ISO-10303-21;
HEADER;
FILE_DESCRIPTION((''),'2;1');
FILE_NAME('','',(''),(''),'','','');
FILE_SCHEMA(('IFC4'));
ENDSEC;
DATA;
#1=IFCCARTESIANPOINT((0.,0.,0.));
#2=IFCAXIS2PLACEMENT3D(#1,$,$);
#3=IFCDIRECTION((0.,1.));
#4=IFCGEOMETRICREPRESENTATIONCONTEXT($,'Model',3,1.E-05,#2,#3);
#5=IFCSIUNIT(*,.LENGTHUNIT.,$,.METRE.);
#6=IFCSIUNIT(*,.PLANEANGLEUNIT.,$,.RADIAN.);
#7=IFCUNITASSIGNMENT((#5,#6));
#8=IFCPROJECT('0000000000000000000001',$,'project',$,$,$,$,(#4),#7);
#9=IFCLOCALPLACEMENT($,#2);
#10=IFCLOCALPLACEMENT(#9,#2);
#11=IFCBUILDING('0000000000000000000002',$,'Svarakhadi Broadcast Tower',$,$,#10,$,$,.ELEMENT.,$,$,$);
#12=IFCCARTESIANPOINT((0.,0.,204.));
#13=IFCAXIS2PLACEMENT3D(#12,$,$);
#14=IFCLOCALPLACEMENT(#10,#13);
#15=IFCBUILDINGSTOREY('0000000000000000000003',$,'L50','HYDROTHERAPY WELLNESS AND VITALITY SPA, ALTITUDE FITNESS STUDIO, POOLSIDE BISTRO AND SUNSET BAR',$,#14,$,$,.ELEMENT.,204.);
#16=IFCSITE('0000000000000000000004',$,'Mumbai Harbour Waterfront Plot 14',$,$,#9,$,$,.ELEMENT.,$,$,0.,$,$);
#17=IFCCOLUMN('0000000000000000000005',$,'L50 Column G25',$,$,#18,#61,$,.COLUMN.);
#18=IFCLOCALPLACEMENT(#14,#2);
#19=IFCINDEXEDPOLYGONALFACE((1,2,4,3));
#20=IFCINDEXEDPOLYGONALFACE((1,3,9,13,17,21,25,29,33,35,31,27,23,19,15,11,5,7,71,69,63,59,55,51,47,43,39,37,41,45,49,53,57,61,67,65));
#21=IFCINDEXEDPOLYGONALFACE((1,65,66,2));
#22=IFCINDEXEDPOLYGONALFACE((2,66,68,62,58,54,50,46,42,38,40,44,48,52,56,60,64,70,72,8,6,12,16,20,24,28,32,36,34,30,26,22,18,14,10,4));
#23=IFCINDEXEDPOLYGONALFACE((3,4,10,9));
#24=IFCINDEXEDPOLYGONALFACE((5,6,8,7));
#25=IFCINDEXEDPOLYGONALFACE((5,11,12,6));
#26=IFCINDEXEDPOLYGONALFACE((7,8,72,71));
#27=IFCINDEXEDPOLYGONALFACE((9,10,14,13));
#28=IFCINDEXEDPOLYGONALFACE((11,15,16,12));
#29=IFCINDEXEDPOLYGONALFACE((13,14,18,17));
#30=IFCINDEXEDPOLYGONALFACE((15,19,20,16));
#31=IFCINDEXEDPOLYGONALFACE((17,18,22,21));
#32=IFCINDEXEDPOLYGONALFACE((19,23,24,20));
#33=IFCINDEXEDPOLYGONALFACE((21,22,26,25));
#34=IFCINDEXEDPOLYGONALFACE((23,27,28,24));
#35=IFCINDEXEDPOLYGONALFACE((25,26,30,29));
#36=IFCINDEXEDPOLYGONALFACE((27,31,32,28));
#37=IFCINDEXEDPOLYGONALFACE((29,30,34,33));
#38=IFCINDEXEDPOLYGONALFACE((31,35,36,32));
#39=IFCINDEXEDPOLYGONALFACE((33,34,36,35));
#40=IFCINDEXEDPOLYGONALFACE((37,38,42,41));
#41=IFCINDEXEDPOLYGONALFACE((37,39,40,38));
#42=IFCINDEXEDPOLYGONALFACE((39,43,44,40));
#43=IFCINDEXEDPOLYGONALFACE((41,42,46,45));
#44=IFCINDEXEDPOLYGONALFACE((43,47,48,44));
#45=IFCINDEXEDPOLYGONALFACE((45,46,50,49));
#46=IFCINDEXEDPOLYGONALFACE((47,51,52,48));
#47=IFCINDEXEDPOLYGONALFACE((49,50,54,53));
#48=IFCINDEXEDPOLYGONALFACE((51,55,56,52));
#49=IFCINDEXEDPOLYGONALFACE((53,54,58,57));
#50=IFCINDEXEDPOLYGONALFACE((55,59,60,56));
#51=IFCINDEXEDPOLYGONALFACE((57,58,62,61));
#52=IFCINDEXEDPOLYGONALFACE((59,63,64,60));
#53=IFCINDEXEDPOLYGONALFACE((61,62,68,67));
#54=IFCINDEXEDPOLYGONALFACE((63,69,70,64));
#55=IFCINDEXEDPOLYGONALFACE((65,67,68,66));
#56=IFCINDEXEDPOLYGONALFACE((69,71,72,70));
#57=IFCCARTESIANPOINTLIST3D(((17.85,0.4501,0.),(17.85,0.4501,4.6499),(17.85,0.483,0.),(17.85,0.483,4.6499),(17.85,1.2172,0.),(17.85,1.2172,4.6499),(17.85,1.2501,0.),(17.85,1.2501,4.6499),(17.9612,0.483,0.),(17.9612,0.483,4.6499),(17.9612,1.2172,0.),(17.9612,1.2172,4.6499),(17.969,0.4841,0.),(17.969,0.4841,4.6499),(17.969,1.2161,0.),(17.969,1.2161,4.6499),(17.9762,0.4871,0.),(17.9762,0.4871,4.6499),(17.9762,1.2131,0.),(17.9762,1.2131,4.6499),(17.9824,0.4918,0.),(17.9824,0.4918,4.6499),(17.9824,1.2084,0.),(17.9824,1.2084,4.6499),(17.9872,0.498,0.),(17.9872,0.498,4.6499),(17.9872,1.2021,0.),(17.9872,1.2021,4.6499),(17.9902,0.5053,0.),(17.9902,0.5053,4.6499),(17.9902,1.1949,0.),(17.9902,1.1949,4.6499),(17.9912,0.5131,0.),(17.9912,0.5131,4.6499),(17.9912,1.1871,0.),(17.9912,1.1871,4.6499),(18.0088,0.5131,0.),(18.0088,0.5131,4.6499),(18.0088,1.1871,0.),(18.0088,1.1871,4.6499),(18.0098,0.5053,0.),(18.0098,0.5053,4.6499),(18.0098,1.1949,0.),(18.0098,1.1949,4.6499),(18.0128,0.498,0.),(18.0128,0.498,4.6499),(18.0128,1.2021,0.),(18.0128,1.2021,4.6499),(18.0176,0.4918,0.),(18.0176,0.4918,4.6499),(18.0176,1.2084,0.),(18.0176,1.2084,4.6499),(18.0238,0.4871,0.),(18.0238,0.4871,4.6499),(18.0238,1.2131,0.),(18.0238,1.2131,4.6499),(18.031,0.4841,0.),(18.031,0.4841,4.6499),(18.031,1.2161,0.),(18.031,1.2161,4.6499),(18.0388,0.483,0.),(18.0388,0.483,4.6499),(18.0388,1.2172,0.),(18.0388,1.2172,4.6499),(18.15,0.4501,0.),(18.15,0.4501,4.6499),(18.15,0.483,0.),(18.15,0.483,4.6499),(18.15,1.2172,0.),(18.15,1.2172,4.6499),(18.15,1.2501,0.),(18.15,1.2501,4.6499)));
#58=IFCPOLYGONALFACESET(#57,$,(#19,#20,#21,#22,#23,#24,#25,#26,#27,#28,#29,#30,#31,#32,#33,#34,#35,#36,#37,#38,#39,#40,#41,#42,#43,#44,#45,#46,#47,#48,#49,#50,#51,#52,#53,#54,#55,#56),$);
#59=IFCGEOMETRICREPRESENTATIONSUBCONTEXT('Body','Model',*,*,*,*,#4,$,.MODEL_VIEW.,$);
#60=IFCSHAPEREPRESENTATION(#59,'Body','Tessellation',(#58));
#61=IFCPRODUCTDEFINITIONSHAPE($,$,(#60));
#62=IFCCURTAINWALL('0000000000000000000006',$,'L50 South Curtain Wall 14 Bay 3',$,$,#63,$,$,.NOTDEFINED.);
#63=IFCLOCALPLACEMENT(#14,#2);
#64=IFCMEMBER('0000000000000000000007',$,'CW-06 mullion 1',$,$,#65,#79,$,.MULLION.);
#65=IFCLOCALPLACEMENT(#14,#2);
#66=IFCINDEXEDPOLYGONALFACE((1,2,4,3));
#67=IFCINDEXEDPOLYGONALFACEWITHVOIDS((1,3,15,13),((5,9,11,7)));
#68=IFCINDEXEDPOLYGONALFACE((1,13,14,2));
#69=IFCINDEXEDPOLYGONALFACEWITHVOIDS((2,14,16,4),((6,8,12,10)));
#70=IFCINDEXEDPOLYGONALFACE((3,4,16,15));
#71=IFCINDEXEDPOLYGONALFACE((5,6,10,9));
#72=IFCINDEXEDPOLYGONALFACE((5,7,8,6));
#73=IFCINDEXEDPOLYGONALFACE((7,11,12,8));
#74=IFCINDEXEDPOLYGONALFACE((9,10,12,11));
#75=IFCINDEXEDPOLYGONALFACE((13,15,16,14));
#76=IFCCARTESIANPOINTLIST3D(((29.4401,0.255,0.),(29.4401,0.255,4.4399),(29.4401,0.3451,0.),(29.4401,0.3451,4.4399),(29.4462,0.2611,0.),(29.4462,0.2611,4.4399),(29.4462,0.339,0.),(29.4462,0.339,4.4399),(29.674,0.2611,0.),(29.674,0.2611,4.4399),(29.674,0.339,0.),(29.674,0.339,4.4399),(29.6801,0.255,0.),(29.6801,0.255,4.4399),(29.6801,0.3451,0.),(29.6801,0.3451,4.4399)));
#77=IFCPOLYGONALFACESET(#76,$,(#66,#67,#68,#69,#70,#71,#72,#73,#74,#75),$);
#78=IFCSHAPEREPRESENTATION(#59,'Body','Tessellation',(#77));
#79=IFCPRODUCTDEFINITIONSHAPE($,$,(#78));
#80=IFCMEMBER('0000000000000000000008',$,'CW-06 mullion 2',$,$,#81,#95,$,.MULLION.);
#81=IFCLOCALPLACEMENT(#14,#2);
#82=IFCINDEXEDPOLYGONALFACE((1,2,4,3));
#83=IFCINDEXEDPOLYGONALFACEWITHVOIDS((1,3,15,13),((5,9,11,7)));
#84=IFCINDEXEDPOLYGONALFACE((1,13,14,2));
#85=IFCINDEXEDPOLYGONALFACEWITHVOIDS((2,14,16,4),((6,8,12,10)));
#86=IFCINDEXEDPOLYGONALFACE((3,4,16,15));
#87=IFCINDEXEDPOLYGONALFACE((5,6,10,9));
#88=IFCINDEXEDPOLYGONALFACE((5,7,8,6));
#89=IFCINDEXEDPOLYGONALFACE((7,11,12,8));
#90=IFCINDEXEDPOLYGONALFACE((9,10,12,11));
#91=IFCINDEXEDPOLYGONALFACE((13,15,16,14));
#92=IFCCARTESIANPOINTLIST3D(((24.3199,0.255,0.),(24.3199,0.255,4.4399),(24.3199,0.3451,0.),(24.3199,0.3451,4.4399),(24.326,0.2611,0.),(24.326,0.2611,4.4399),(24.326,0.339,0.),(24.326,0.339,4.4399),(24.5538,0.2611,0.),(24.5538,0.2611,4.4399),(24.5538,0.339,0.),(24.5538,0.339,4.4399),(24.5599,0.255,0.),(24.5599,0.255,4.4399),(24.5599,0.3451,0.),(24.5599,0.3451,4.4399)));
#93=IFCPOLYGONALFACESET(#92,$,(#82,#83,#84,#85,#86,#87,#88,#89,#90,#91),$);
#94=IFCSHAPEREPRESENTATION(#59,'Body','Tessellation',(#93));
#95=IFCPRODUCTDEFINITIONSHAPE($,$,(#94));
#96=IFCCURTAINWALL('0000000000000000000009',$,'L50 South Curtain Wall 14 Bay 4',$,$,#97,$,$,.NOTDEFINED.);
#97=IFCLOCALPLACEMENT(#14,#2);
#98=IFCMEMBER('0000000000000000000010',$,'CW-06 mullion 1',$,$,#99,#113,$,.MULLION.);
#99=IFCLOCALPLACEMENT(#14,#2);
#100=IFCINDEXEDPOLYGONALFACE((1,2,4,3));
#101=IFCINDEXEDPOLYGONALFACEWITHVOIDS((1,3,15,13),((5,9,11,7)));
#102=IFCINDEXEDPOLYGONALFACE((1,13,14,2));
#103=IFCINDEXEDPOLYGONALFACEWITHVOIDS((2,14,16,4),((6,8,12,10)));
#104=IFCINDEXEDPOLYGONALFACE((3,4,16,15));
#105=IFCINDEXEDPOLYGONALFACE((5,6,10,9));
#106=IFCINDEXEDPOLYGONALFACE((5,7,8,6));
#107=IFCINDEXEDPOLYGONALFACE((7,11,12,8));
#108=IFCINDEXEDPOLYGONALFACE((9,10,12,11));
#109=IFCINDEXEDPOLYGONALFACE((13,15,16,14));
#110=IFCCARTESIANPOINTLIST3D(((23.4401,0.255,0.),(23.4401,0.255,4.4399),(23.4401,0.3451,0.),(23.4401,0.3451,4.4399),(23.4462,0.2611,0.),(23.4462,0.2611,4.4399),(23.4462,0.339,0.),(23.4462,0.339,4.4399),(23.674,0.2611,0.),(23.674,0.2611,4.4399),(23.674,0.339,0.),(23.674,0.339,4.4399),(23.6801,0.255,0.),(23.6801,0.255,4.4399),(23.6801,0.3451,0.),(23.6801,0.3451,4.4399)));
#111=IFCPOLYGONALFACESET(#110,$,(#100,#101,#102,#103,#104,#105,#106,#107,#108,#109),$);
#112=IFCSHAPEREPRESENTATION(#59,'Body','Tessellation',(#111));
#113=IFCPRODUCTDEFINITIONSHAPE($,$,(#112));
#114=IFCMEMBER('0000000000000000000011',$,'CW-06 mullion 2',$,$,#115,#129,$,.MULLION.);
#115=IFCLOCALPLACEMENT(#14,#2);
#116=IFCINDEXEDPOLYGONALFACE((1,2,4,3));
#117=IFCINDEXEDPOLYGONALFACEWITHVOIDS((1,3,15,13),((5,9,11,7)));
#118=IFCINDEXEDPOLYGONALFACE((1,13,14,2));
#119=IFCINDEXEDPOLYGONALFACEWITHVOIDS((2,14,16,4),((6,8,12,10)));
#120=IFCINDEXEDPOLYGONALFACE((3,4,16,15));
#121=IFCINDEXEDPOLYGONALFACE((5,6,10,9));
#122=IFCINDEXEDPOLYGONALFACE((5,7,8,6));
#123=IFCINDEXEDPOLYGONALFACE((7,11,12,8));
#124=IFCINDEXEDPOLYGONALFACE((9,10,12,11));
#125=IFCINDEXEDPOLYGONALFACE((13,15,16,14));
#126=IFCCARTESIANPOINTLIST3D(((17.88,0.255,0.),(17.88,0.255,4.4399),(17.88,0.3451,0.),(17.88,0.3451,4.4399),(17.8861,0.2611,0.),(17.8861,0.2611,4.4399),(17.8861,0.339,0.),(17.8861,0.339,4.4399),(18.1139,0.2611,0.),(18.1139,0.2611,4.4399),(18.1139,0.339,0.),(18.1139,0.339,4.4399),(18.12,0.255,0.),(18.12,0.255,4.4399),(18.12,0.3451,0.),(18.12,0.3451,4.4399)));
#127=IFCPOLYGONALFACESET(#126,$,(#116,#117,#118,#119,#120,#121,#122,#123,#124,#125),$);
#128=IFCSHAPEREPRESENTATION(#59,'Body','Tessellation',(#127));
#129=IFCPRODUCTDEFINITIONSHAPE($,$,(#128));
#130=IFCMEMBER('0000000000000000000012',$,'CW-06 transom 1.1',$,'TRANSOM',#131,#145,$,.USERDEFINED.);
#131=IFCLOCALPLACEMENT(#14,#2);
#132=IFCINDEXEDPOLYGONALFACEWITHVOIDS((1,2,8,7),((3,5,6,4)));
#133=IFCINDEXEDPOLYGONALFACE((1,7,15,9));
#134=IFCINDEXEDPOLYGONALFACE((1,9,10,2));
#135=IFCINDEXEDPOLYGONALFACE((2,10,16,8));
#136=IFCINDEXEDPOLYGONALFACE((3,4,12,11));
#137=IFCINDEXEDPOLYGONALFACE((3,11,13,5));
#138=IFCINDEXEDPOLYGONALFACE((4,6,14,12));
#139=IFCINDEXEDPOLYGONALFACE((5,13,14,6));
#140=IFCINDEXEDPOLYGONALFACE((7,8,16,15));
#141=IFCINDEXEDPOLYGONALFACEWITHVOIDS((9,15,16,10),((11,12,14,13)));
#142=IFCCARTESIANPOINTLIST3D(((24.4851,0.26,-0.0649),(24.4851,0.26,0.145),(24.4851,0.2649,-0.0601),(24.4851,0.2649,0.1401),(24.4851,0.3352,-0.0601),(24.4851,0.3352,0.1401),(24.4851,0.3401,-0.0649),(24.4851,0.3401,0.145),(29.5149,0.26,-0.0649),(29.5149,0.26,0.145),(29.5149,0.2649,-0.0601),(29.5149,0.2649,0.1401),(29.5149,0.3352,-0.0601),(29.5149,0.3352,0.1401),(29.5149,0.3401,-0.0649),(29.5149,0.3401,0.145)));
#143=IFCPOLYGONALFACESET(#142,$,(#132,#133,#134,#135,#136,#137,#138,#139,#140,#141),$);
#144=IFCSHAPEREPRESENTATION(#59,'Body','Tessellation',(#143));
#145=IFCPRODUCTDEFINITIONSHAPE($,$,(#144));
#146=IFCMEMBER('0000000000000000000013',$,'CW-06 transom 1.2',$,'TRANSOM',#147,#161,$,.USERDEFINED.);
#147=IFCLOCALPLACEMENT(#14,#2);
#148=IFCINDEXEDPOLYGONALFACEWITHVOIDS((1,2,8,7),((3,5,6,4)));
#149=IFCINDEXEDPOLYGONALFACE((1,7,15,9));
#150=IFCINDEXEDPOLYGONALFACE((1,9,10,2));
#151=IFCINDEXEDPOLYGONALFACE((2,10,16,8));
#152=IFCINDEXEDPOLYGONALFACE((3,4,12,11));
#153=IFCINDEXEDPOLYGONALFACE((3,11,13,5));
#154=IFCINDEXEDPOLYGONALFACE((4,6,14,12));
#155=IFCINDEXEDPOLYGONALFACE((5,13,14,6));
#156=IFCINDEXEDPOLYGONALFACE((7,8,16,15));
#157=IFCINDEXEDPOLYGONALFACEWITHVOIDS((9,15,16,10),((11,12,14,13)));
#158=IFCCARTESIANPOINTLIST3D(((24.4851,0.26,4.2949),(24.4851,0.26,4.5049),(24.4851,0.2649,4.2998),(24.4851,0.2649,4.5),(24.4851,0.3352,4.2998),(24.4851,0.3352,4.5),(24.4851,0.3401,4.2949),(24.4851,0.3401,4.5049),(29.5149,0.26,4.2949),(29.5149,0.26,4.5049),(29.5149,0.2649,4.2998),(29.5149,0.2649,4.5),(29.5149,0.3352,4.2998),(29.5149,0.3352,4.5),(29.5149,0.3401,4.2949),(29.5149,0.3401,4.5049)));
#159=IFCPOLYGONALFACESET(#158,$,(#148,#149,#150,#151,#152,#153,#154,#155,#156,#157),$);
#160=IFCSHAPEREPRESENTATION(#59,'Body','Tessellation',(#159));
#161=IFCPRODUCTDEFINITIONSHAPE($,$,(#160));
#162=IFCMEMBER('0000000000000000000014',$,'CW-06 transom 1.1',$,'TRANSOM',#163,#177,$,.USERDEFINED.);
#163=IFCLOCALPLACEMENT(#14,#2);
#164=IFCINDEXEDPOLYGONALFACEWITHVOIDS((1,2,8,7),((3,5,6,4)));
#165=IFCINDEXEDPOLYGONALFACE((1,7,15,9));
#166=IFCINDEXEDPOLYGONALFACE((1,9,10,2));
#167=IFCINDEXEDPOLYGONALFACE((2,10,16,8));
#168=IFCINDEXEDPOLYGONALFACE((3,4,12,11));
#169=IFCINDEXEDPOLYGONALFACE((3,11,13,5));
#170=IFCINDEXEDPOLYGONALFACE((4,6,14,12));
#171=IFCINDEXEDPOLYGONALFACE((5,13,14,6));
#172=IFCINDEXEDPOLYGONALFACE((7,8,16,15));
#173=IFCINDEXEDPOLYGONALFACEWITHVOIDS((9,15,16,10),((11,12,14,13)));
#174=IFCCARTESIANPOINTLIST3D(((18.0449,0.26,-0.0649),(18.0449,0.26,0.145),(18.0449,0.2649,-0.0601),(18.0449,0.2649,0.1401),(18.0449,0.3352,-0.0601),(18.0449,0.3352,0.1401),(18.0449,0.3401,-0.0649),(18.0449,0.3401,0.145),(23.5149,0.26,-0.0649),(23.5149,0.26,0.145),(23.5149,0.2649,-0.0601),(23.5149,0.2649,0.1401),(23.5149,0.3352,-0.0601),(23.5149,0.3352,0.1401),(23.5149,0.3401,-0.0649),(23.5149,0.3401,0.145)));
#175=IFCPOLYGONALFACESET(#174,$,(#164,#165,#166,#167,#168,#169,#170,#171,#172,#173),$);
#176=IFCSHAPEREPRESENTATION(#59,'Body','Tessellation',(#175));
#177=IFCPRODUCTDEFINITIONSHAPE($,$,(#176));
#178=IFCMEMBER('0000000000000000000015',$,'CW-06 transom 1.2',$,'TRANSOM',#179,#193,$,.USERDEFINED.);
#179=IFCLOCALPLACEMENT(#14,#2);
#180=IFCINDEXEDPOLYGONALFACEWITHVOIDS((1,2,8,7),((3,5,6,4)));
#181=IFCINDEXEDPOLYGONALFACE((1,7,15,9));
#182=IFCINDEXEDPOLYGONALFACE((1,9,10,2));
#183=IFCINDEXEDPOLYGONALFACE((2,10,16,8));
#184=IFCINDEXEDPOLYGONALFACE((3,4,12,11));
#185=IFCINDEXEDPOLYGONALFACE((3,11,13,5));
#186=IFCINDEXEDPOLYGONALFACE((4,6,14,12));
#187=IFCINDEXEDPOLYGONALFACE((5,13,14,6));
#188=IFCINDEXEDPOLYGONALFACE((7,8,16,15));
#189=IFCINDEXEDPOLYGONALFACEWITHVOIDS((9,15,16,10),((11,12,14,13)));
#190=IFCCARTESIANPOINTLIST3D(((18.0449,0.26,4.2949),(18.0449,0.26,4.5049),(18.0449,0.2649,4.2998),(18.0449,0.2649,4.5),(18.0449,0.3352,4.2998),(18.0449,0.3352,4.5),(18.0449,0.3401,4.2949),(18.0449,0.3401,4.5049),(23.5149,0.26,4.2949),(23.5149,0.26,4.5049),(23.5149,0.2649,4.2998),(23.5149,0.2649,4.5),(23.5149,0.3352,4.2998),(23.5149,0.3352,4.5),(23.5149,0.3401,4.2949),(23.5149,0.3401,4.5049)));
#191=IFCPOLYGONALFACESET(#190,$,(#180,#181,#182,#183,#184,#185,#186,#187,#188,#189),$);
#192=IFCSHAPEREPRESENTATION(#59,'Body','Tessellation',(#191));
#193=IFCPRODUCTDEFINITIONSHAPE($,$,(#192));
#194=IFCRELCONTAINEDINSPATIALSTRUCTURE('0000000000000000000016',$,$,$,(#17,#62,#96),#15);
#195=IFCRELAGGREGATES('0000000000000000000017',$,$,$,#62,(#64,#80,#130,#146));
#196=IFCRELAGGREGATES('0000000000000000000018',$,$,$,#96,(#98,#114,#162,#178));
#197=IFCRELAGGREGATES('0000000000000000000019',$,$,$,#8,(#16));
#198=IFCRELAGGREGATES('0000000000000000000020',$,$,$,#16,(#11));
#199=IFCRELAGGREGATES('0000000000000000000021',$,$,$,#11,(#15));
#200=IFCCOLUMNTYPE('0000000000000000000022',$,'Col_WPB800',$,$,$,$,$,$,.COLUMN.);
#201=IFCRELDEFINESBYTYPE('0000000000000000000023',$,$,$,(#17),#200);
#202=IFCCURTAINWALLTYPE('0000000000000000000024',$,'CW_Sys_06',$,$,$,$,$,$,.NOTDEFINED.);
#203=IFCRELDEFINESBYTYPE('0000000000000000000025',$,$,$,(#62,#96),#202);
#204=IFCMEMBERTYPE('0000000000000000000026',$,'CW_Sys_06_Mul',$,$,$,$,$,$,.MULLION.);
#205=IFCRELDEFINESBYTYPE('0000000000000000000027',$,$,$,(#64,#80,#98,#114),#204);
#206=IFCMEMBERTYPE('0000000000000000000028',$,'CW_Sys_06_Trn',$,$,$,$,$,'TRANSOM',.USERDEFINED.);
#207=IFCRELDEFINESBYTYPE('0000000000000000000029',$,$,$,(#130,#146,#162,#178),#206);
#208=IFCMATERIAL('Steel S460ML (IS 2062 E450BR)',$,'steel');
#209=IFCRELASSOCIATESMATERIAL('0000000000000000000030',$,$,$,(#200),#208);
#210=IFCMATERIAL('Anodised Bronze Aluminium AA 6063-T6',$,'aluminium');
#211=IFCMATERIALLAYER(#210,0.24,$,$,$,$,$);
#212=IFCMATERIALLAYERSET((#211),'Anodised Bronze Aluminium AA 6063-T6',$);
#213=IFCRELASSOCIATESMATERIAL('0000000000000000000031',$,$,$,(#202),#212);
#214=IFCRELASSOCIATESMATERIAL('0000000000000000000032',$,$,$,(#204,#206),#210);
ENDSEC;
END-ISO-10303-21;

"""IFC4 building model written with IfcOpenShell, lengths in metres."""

from ifc_helpers import new_model, si_unit, direction, frame, origin, origin_2d, place, context, subcontext, project, spatial, hollow_rectangle, i_section, extrude, material, layer, layer_set, material_profile, profile_set, type_object, element, aggregate, save


model = new_model("IFC4")

# Units and contexts
model_context = context("Model", 3, precision=1e-05, world=origin(), true_north=direction((0.0, 1.0)))
body_context = subcontext(model_context, "Body", "Model", "MODEL_VIEW")
ifc_project = project(units=[si_unit("LENGTHUNIT", "METRE"), si_unit("PLANEANGLEUNIT", "RADIAN")], contexts=[model_context])

# Site, building, storey
site_placement = place(None, origin())
site = spatial("IfcSite", under=ifc_project, at=site_placement, Name="Mumbai Harbour Waterfront Plot 14", CompositionType="ELEMENT", RefElevation=0.0)
building_placement = place(site_placement, origin())
building = spatial("IfcBuilding", under=site, at=building_placement, Name="Svarakhadi Broadcast Tower", CompositionType="ELEMENT")
storey_placement = place(building_placement, frame((0.0, 0.0, 204.0)))
storey = spatial("IfcBuildingStorey", under=building, at=storey_placement, Name="L50", Description="HYDROTHERAPY WELLNESS AND VITALITY SPA, ALTITUDE FITNESS STUDIO, POOLSIDE BISTRO AND SUNSET BAR", CompositionType="ELEMENT", Elevation=204.0)

# Column
ifc_material_1 = material(Name="Steel S460ML (IS 2062 E450BR)", Category="steel")
ifc_material_profile_1 = material_profile(ifc_material_1, i_section(OverallWidth=0.3, OverallDepth=0.8, WebThickness=0.0176, FlangeThickness=0.033, FilletRadius=0.03, at=origin_2d()), Name="WPB 800x300x262")
ifc_profile_set_1 = profile_set([ifc_material_profile_1], Name="Steel S460ML (IS 2062 E450BR)")
column_type = type_object("IfcColumnType", Name="Col_WPB800", PredefinedType="COLUMN", material=ifc_profile_set_1)
column_placement = place(storey_placement, frame((18.0, 0.8501, 0.0), z_axis=(0.0, 0.0, 1.0), x_axis=(1.0, 0.0, 0.0)))
element("IfcColumn", 1, at=column_placement, inside=storey, type_object=column_type, Name="L50 Column G25", PredefinedType="COLUMN", context=body_context, shape_type="SweptSolid", body=[
    extrude(i_section(OverallWidth=0.3, OverallDepth=0.8, WebThickness=0.0176, FlangeThickness=0.033, FilletRadius=0.03, at=origin_2d()), origin(), (0.0, 0.0, 1.0), 4.6499),
])

# Curtain walls, members
ifc_material_2 = material(Name="Anodised Bronze Aluminium AA 6063-T6", Category="aluminium")
ifc_layer_1 = layer(ifc_material_2, 0.24)
ifc_layer_set_1 = layer_set([ifc_layer_1], Name="Anodised Bronze Aluminium AA 6063-T6")
curtain_wall_type = type_object("IfcCurtainWallType", Name="CW_Sys_06", PredefinedType="NOTDEFINED", material=ifc_layer_set_1)
curtain_wall_1_placement = place(storey_placement, origin())
curtain_wall_1 = element("IfcCurtainWall", 2, at=curtain_wall_1_placement, inside=storey, type_object=curtain_wall_type, Name="L50 South Curtain Wall 14 Bay 3", PredefinedType="NOTDEFINED")
ifc_material_profile_2 = material_profile(ifc_material_2, hollow_rectangle(XDim=0.0901, YDim=0.24, WallThickness=0.0061, at=origin_2d()), Name="ALU MULLION 240x90x6")
ifc_profile_set_2 = profile_set([ifc_material_profile_2], Name="Anodised Bronze Aluminium AA 6063-T6")
member_type_1 = type_object("IfcMemberType", Name="CW_Sys_06_Mul", PredefinedType="MULLION", material=ifc_profile_set_2)
member_1_placement = place(storey_placement, frame((29.5601, 0.3, 0.0), z_axis=(0.0, 0.0, 1.0), x_axis=(0.0, -1.0, 0.0)))
member_1 = element("IfcMember", 3, at=member_1_placement, type_object=member_type_1, Name="CW-06 mullion 1", PredefinedType="MULLION", context=body_context, shape_type="SweptSolid", body=[
    extrude(hollow_rectangle(XDim=0.0901, YDim=0.24, WallThickness=0.0061, at=origin_2d()), origin(), (0.0, 0.0, 1.0), 4.4399),
])
member_2_placement = place(storey_placement, frame((24.4399, 0.3, 0.0), z_axis=(0.0, 0.0, 1.0), x_axis=(0.0, -1.0, 0.0)))
member_2 = element("IfcMember", 4, at=member_2_placement, type_object=member_type_1, Name="CW-06 mullion 2", PredefinedType="MULLION", context=body_context, shape_type="SweptSolid", body=[
    extrude(hollow_rectangle(XDim=0.0901, YDim=0.24, WallThickness=0.0061, at=origin_2d()), origin(), (0.0, 0.0, 1.0), 4.4399),
])
curtain_wall_2_placement = place(storey_placement, origin())
curtain_wall_2 = element("IfcCurtainWall", 5, at=curtain_wall_2_placement, inside=storey, type_object=curtain_wall_type, Name="L50 South Curtain Wall 14 Bay 4", PredefinedType="NOTDEFINED")
member_3_placement = place(storey_placement, frame((23.5601, 0.3, 0.0), z_axis=(0.0, 0.0, 1.0), x_axis=(0.0, -1.0, 0.0)))
member_3 = element("IfcMember", 6, at=member_3_placement, type_object=member_type_1, Name="CW-06 mullion 1", PredefinedType="MULLION", context=body_context, shape_type="SweptSolid", body=[
    extrude(hollow_rectangle(XDim=0.0901, YDim=0.24, WallThickness=0.0061, at=origin_2d()), origin(), (0.0, 0.0, 1.0), 4.4399),
])
member_4_placement = place(storey_placement, frame((18.0, 0.3, 0.0), z_axis=(0.0, 0.0, 1.0), x_axis=(0.0, -1.0, 0.0)))
member_4 = element("IfcMember", 7, at=member_4_placement, type_object=member_type_1, Name="CW-06 mullion 2", PredefinedType="MULLION", context=body_context, shape_type="SweptSolid", body=[
    extrude(hollow_rectangle(XDim=0.0901, YDim=0.24, WallThickness=0.0061, at=origin_2d()), origin(), (0.0, 0.0, 1.0), 4.4399),
])

# Members
ifc_material_profile_3 = material_profile(ifc_material_2, hollow_rectangle(XDim=0.0801, YDim=0.21, WallThickness=0.0049, at=origin_2d()), Name="ALU TRANSOM 210x80x5")
ifc_profile_set_3 = profile_set([ifc_material_profile_3], Name="Anodised Bronze Aluminium AA 6063-T6")
member_type_2 = type_object("IfcMemberType", Name="CW_Sys_06_Trn", ElementType="TRANSOM", PredefinedType="USERDEFINED", material=ifc_profile_set_3)
member_5_placement = place(storey_placement, frame((29.5149, 0.3, 0.04), z_axis=(-1.0, 0.0, 0.0), x_axis=(0.0, -1.0, 0.0)))
member_5 = element("IfcMember", 8, at=member_5_placement, type_object=member_type_2, Name="CW-06 transom 1.1", ObjectType="TRANSOM", PredefinedType="USERDEFINED", context=body_context, shape_type="SweptSolid", body=[
    extrude(hollow_rectangle(XDim=0.0801, YDim=0.21, WallThickness=0.0049, at=origin_2d()), origin(), (0.0, 0.0, 1.0), 5.0298),
])
member_6_placement = place(storey_placement, frame((29.5149, 0.3, 4.3999), z_axis=(-1.0, 0.0, 0.0), x_axis=(0.0, -1.0, 0.0)))
member_6 = element("IfcMember", 9, at=member_6_placement, type_object=member_type_2, Name="CW-06 transom 1.2", ObjectType="TRANSOM", PredefinedType="USERDEFINED", context=body_context, shape_type="SweptSolid", body=[
    extrude(hollow_rectangle(XDim=0.0801, YDim=0.21, WallThickness=0.0049, at=origin_2d()), origin(), (0.0, 0.0, 1.0), 5.0298),
])
member_7_placement = place(storey_placement, frame((23.5149, 0.3, 0.04), z_axis=(-1.0, 0.0, 0.0), x_axis=(0.0, -1.0, 0.0)))
member_7 = element("IfcMember", 10, at=member_7_placement, type_object=member_type_2, Name="CW-06 transom 1.1", ObjectType="TRANSOM", PredefinedType="USERDEFINED", context=body_context, shape_type="SweptSolid", body=[
    extrude(hollow_rectangle(XDim=0.0801, YDim=0.21, WallThickness=0.0049, at=origin_2d()), origin(), (0.0, 0.0, 1.0), 5.47),
])
member_8_placement = place(storey_placement, frame((23.5149, 0.3, 4.3999), z_axis=(-1.0, 0.0, 0.0), x_axis=(0.0, -1.0, 0.0)))
member_8 = element("IfcMember", 11, at=member_8_placement, type_object=member_type_2, Name="CW-06 transom 1.2", ObjectType="TRANSOM", PredefinedType="USERDEFINED", context=body_context, shape_type="SweptSolid", body=[
    extrude(hollow_rectangle(XDim=0.0801, YDim=0.21, WallThickness=0.0049, at=origin_2d()), origin(), (0.0, 0.0, 1.0), 5.47),
])

aggregate(curtain_wall_1, [member_1, member_2, member_5, member_6])
aggregate(curtain_wall_2, [member_3, member_4, member_7, member_8])

save(model, "model.ifc")
